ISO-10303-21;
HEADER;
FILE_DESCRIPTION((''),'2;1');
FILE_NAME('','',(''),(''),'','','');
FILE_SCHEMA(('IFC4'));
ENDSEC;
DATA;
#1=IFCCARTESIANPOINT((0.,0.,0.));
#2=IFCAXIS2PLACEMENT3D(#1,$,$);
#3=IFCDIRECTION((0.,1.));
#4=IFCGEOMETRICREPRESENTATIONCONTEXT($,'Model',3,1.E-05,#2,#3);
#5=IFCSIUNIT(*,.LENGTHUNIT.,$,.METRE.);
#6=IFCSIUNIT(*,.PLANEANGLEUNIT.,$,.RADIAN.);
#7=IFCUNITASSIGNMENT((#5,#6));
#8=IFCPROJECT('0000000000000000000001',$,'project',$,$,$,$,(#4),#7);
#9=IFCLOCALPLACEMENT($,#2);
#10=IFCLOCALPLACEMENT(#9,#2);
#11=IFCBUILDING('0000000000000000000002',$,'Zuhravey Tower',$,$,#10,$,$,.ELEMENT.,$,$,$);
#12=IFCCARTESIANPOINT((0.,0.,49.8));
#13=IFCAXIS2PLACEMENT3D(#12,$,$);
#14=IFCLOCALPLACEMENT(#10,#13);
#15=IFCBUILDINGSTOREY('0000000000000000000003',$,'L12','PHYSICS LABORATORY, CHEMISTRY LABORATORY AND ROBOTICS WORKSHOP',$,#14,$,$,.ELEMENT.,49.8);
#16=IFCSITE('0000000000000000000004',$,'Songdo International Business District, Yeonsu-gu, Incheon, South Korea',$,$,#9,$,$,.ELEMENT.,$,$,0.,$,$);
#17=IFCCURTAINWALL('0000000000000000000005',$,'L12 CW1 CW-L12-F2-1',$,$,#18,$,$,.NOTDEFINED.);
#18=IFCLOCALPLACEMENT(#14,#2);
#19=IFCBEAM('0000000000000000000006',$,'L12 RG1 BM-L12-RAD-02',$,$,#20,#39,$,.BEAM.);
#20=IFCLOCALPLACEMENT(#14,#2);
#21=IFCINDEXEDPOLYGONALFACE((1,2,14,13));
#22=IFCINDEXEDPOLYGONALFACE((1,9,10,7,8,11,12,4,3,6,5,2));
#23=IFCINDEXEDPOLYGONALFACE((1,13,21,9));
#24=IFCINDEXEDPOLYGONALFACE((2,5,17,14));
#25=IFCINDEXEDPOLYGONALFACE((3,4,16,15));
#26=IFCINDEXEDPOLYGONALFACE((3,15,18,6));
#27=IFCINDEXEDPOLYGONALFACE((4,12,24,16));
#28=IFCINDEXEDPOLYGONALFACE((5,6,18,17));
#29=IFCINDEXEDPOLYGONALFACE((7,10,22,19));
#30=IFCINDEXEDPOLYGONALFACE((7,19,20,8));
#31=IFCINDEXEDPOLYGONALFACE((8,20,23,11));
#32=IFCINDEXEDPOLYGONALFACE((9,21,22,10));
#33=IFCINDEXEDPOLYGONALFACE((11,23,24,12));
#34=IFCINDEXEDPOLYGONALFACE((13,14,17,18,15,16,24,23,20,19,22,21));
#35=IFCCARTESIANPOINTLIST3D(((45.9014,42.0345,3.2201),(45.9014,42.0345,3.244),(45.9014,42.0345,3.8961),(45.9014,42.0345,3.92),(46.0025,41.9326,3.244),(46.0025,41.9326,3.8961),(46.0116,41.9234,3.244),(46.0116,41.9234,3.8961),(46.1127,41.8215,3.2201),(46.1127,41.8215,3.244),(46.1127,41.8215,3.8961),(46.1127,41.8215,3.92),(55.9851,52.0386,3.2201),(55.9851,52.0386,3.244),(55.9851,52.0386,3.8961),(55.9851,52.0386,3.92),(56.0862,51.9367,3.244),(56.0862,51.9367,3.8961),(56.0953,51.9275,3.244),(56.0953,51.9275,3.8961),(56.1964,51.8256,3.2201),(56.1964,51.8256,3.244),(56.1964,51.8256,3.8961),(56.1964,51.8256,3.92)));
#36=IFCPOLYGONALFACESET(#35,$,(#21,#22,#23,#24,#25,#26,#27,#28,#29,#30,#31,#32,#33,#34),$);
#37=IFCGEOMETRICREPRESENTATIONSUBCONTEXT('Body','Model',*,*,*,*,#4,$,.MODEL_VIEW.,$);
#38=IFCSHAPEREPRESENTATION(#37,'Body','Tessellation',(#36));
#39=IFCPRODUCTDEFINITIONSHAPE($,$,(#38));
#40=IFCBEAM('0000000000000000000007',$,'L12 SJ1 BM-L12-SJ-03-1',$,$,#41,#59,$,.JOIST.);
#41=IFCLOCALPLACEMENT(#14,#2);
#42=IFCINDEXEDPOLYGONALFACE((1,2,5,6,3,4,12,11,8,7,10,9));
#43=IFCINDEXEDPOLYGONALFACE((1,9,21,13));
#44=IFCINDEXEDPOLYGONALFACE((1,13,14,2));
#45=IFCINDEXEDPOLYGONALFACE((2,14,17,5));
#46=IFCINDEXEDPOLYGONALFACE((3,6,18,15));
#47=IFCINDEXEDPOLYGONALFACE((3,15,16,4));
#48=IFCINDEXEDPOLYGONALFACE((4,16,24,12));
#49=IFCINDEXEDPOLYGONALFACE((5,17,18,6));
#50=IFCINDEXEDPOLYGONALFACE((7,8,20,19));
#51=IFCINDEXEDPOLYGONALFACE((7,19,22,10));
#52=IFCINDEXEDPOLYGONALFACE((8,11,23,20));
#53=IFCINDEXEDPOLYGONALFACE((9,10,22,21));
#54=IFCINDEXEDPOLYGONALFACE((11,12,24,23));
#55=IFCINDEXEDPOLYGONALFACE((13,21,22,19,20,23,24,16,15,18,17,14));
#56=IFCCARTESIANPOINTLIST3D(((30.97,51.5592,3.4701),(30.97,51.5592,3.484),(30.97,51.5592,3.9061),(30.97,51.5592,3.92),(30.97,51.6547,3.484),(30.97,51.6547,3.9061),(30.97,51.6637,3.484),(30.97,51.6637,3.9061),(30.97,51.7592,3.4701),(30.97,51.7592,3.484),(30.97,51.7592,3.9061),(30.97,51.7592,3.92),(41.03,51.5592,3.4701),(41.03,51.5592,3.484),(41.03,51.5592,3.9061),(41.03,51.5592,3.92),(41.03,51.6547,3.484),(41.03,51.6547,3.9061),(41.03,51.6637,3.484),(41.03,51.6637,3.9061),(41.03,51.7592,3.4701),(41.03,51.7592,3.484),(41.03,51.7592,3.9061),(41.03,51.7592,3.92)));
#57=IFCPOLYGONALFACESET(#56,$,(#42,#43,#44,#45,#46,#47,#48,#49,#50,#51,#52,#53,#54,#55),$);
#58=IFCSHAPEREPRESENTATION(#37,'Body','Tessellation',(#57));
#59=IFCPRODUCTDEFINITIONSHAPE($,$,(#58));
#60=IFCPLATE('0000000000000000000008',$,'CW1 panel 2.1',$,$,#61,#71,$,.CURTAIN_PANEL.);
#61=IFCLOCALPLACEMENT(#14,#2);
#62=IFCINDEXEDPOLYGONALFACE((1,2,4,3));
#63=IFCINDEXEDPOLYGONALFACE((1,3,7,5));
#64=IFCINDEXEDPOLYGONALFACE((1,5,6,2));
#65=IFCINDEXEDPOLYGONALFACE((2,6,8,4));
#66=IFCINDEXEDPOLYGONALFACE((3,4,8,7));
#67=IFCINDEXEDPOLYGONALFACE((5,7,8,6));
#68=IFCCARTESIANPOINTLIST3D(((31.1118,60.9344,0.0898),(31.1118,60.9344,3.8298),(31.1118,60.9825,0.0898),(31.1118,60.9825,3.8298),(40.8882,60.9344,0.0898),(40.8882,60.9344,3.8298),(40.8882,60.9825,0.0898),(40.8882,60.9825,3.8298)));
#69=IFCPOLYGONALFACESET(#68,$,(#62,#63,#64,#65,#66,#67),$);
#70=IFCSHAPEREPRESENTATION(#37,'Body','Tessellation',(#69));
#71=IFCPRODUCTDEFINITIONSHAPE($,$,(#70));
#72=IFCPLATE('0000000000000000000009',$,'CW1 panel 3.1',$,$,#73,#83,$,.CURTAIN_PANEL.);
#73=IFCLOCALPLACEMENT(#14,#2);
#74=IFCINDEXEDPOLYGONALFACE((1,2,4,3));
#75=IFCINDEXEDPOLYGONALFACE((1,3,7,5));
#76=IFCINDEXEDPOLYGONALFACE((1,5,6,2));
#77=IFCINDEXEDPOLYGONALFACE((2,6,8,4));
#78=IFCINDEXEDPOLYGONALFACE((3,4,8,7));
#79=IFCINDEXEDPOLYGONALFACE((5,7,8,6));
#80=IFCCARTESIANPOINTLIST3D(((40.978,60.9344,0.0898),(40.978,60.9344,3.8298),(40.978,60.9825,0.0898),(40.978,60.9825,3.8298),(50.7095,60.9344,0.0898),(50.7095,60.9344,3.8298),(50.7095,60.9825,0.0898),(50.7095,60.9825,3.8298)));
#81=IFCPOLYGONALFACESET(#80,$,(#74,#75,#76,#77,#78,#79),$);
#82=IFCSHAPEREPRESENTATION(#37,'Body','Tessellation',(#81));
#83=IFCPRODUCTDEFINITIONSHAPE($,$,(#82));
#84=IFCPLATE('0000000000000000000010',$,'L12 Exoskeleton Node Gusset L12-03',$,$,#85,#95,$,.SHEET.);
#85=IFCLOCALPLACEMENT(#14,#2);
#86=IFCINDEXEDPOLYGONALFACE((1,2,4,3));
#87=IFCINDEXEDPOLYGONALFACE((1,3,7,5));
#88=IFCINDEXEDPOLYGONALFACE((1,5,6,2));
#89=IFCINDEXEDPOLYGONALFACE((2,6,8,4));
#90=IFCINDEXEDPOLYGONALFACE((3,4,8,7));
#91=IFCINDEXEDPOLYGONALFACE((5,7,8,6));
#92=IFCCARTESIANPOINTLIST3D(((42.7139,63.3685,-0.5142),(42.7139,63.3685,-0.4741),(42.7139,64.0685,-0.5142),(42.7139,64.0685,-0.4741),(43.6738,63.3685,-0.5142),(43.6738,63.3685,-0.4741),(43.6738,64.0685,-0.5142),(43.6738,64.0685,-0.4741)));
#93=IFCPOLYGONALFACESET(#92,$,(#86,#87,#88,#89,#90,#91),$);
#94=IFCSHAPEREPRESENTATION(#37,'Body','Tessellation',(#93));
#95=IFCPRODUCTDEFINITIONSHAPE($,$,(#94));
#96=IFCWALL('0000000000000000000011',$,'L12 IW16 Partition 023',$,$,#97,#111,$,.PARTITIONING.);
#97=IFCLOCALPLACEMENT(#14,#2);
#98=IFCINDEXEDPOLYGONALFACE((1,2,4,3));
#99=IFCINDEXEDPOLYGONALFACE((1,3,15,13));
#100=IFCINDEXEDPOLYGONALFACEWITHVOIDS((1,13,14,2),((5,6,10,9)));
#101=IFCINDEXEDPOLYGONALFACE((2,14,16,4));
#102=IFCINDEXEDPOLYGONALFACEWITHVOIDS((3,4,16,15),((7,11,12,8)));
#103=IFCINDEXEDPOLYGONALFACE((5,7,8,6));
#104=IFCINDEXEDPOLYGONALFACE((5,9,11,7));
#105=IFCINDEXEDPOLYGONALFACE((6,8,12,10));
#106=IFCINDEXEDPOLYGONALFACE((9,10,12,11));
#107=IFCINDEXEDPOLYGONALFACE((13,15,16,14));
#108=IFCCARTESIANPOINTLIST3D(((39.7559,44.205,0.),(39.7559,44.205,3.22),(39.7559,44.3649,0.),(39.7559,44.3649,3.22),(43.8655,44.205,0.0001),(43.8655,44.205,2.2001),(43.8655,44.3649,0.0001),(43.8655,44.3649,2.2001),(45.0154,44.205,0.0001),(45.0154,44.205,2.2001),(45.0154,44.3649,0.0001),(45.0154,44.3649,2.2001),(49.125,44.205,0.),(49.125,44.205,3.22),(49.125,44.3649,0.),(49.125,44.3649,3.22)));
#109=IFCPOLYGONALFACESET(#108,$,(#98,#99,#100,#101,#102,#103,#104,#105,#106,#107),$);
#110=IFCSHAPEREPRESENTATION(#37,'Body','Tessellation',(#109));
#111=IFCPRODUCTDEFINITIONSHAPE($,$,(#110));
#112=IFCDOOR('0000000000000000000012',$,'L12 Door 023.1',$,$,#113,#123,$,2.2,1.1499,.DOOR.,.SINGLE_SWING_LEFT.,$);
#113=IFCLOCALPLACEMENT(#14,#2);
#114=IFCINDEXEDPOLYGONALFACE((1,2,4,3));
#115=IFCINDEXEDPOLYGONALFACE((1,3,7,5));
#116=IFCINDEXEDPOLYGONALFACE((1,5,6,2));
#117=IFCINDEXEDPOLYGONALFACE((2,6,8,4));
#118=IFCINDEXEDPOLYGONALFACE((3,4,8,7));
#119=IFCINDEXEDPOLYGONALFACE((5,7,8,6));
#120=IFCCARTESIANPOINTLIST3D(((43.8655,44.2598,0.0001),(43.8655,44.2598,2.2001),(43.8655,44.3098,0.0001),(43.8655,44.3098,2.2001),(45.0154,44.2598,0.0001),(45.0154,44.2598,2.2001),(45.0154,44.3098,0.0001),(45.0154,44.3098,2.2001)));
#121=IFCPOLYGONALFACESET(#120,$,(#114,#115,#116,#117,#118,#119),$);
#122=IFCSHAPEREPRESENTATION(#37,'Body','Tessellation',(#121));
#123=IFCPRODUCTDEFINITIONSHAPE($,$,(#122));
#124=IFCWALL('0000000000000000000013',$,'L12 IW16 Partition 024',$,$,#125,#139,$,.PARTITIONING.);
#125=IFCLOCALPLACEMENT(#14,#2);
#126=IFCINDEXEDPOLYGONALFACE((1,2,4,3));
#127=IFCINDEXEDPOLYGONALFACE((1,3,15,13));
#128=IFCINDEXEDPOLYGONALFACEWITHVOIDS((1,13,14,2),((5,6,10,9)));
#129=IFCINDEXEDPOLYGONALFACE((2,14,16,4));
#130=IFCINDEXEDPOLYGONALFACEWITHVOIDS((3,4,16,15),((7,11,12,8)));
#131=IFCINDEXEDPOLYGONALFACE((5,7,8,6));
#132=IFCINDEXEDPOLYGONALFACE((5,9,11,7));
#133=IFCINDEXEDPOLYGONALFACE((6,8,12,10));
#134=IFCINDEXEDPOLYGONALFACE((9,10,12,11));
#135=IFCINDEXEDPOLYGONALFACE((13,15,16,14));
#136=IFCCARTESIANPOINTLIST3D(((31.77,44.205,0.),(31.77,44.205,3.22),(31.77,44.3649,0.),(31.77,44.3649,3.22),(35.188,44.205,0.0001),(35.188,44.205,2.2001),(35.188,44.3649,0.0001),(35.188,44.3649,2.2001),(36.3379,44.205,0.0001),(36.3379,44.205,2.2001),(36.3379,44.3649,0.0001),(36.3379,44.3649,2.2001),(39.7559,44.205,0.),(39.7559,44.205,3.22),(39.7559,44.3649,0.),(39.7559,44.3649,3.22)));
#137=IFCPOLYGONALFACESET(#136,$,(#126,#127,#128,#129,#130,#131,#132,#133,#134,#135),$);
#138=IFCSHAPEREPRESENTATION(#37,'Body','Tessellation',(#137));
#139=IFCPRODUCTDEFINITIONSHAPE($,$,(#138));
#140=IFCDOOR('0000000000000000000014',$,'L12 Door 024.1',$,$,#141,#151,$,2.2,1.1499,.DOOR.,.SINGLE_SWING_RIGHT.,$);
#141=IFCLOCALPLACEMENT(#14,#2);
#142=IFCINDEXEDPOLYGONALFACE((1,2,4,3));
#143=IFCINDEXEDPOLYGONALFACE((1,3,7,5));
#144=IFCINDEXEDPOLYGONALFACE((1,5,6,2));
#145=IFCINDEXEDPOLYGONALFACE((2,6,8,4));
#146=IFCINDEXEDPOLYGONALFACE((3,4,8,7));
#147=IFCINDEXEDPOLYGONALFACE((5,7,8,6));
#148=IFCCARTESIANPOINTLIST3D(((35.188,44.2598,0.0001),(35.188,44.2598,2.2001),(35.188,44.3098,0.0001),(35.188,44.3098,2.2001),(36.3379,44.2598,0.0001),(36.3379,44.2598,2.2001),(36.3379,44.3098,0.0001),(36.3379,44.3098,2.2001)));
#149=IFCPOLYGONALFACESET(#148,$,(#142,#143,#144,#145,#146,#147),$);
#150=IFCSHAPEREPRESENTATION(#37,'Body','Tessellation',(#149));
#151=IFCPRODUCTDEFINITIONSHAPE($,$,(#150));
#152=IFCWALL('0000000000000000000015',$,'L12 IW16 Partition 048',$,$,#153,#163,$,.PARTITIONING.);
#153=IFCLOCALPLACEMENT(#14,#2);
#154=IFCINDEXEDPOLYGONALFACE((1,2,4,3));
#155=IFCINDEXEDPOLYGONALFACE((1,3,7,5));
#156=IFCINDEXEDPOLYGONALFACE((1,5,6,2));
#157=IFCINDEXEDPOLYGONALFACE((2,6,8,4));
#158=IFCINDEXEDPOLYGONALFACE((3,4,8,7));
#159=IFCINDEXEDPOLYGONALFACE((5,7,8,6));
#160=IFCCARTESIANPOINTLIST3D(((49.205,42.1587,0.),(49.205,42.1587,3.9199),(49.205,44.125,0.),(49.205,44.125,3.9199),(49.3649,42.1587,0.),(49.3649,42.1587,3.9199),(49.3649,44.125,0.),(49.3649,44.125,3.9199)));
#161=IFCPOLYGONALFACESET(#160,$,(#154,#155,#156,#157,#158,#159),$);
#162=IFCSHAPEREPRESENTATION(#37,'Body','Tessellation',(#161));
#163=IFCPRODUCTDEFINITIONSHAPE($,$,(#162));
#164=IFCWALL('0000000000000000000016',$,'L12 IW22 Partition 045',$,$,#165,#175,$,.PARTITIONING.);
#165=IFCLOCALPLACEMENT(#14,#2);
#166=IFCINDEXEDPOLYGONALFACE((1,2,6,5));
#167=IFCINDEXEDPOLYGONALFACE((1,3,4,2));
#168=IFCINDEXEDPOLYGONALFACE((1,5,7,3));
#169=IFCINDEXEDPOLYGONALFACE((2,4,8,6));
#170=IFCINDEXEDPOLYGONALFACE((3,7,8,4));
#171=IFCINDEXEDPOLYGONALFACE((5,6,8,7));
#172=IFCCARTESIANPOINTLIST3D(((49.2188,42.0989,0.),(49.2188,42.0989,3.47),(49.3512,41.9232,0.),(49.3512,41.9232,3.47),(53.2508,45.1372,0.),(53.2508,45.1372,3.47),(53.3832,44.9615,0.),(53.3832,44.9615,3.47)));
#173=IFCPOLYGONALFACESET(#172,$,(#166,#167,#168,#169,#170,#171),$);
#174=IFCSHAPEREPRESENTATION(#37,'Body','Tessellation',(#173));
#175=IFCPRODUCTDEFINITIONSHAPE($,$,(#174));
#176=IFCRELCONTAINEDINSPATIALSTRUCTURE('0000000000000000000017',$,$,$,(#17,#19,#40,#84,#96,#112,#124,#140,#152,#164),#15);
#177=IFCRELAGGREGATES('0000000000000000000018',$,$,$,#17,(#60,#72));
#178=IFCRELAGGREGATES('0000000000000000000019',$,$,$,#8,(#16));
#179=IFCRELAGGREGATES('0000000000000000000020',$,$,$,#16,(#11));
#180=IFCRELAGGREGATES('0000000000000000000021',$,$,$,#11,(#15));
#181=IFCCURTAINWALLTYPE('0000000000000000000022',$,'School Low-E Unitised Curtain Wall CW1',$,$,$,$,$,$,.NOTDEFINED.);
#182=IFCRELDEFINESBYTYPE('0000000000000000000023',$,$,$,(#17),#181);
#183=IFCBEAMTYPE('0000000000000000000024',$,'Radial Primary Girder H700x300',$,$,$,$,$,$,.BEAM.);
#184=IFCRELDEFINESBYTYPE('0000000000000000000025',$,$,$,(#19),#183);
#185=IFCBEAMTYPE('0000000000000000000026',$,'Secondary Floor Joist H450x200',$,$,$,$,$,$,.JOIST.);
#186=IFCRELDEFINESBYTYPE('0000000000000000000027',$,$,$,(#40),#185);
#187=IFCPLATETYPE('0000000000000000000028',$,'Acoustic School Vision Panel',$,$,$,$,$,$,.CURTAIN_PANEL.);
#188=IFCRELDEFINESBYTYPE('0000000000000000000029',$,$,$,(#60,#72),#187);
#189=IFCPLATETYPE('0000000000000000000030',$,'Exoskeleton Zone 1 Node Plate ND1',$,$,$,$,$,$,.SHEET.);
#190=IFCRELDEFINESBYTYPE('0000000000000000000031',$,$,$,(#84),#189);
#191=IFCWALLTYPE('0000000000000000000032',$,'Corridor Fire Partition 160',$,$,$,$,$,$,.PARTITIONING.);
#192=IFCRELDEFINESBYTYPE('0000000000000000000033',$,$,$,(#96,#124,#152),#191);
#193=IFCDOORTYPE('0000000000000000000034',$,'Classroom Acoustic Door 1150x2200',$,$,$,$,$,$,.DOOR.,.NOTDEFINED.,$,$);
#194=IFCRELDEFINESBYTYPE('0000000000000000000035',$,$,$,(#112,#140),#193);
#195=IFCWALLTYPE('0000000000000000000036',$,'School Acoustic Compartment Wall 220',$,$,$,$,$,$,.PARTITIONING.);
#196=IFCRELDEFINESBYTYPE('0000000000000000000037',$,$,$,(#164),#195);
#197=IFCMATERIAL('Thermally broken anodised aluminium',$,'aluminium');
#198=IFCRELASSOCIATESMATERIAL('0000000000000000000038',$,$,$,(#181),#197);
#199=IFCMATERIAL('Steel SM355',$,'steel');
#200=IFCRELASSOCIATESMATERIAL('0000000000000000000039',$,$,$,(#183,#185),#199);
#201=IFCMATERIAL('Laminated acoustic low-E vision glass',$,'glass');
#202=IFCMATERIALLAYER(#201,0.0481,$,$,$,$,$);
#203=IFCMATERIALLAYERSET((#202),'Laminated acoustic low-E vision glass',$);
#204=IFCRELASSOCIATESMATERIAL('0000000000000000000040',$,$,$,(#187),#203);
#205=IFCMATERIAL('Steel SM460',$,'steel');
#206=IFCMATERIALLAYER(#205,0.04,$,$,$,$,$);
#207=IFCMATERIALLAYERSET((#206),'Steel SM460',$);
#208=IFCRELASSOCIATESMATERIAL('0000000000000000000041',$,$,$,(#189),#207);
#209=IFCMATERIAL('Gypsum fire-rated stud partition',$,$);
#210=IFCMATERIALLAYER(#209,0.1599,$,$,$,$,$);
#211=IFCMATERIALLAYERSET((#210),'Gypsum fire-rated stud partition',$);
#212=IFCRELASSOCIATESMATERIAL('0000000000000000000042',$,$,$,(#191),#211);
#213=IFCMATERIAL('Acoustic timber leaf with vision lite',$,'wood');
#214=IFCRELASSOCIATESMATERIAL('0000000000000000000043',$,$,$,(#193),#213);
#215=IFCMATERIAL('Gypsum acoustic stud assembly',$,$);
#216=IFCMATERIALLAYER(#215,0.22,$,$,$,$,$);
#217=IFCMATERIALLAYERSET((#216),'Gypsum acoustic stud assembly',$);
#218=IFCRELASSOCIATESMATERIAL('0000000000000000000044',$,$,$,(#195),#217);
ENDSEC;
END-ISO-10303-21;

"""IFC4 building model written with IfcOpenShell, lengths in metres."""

from ifc_helpers import new_model, si_unit, direction, frame, frame_2d, origin, origin_2d, place, context, subcontext, project, spatial, rectangle, i_section, extrude, material, layer, layer_set, material_profile, profile_set, type_object, element, fill, aggregate, save


model = new_model("IFC4")

# Units and contexts
model_context = context("Model", 3, precision=1e-05, world=origin(), true_north=direction((0.0, 1.0)))
body_context = subcontext(model_context, "Body", "Model", "MODEL_VIEW")
ifc_project = project(units=[si_unit("LENGTHUNIT", "METRE"), si_unit("PLANEANGLEUNIT", "RADIAN")], contexts=[model_context])

# Site, building, storey
site_placement = place(None, origin())
site = spatial("IfcSite", under=ifc_project, at=site_placement, Name="Songdo International Business District, Yeonsu-gu, Incheon, South Korea", CompositionType="ELEMENT", RefElevation=0.0)
building_placement = place(site_placement, origin())
building = spatial("IfcBuilding", under=site, at=building_placement, Name="Zuhravey Tower", CompositionType="ELEMENT")
storey_placement = place(building_placement, frame((0.0, 0.0, 49.8)))
storey = spatial("IfcBuildingStorey", under=building, at=storey_placement, Name="L12", Description="PHYSICS LABORATORY, CHEMISTRY LABORATORY AND ROBOTICS WORKSHOP", CompositionType="ELEMENT", Elevation=49.8)

# Curtain wall
ifc_material_1 = material(Name="Thermally broken anodised aluminium", Category="aluminium")
curtain_wall_type = type_object("IfcCurtainWallType", Name="School Low-E Unitised Curtain Wall CW1", PredefinedType="NOTDEFINED", material=ifc_material_1)
curtain_wall_placement = place(storey_placement, origin())
curtain_wall = element("IfcCurtainWall", 1, at=curtain_wall_placement, inside=storey, type_object=curtain_wall_type, Name="L12 CW1 CW-L12-F2-1", PredefinedType="NOTDEFINED")

# Shared definitions
ifc_material_2 = material(Name="Steel SM355", Category="steel")
ifc_material_3 = material(Name="Steel SM460", Category="steel")

# Beams
ifc_material_profile_1 = material_profile(ifc_material_2, i_section(OverallWidth=0.3, OverallDepth=0.7, WebThickness=0.0129, FlangeThickness=0.0239, at=origin_2d()), Name="H-700x300x13x24")
ifc_profile_set_1 = profile_set([ifc_material_profile_1], Name="Steel SM355")
beam_type_1 = type_object("IfcBeamType", Name="Radial Primary Girder H700x300", PredefinedType="BEAM", material=ifc_profile_set_1)
beam_1_placement = place(storey_placement, frame((46.0071, 41.928, 3.5701), z_axis=(0.709903, 0.7043, 0.0), x_axis=(-0.7043, 0.709903, 0.0)))
element("IfcBeam", 2, at=beam_1_placement, inside=storey, type_object=beam_type_1, Name="L12 RG1 BM-L12-RAD-02", PredefinedType="BEAM", context=body_context, shape_type="SweptSolid", body=[
    extrude(i_section(OverallWidth=0.3, OverallDepth=0.7, WebThickness=0.0129, FlangeThickness=0.0239, at=origin_2d()), origin(), (0.0, 0.0, 1.0), 14.2043),
])
ifc_material_profile_2 = material_profile(ifc_material_2, i_section(OverallWidth=0.2, OverallDepth=0.45, WebThickness=0.009, FlangeThickness=0.0139, at=origin_2d()), Name="H-450x200x9x14")
ifc_profile_set_2 = profile_set([ifc_material_profile_2], Name="Steel SM355")
beam_type_2 = type_object("IfcBeamType", Name="Secondary Floor Joist H450x200", PredefinedType="JOIST", material=ifc_profile_set_2)
beam_2_placement = place(storey_placement, frame((41.03, 51.6592, 3.6951), z_axis=(-1.0, 0.0, 0.0), x_axis=(0.0, -1.0, 0.0)))
element("IfcBeam", 3, at=beam_2_placement, inside=storey, type_object=beam_type_2, Name="L12 SJ1 BM-L12-SJ-03-1", PredefinedType="JOIST", context=body_context, shape_type="SweptSolid", body=[
    extrude(i_section(OverallWidth=0.2, OverallDepth=0.45, WebThickness=0.009, FlangeThickness=0.0139, at=origin_2d()), origin(), (0.0, 0.0, 1.0), 10.0601),
])

# Plates
ifc_material_4 = material(Name="Laminated acoustic low-E vision glass", Category="glass")
ifc_layer_1 = layer(ifc_material_4, 0.0481)
ifc_layer_set_1 = layer_set([ifc_layer_1], Name="Laminated acoustic low-E vision glass")
plate_type_1 = type_object("IfcPlateType", Name="Acoustic School Vision Panel", PredefinedType="CURTAIN_PANEL", material=ifc_layer_set_1)
plate_1_placement = place(storey_placement, frame((36.0, 60.9585, 0.0898), z_axis=(0.0, 0.0, 1.0), x_axis=(1.0, 0.0, 0.0)))
plate_1 = element("IfcPlate", 4, at=plate_1_placement, type_object=plate_type_1, Name="CW1 panel 2.1", PredefinedType="CURTAIN_PANEL", context=body_context, shape_type="SweptSolid", body=[
    extrude(rectangle(XDim=9.7764, YDim=0.0481, at=origin_2d()), origin(), (0.0, 0.0, 1.0), 3.74),
])
plate_2_placement = place(storey_placement, frame((45.8438, 60.9585, 0.0898), z_axis=(0.0, 0.0, 1.0), x_axis=(1.0, 0.0, 0.0)))
plate_2 = element("IfcPlate", 5, at=plate_2_placement, type_object=plate_type_1, Name="CW1 panel 3.1", PredefinedType="CURTAIN_PANEL", context=body_context, shape_type="SweptSolid", body=[
    extrude(rectangle(XDim=9.7314, YDim=0.0481, at=origin_2d()), origin(), (0.0, 0.0, 1.0), 3.74),
])
aggregate(curtain_wall, [plate_1, plate_2])
ifc_layer_2 = layer(ifc_material_3, 0.04)
ifc_layer_set_2 = layer_set([ifc_layer_2], Name="Steel SM460")
plate_type_2 = type_object("IfcPlateType", Name="Exoskeleton Zone 1 Node Plate ND1", PredefinedType="SHEET", material=ifc_layer_set_2)
plate_3_placement = place(storey_placement, frame((43.1938, 63.7185, -0.5142), z_axis=(0.0, 0.0, 1.0), x_axis=(-1.0, 0.0, 0.0)))
element("IfcPlate", 6, at=plate_3_placement, inside=storey, type_object=plate_type_2, Name="L12 Exoskeleton Node Gusset L12-03", PredefinedType="SHEET", context=body_context, shape_type="SweptSolid", body=[
    extrude(rectangle(XDim=0.96, YDim=0.7, at=origin_2d()), origin(), (0.0, 0.0, 1.0), 0.04),
])

# Walls, openings, doors
ifc_material_5 = material(Name="Gypsum fire-rated stud partition")
ifc_layer_3 = layer(ifc_material_5, 0.1599)
ifc_layer_set_3 = layer_set([ifc_layer_3], Name="Gypsum fire-rated stud partition")
wall_type_1 = type_object("IfcWallType", Name="Corridor Fire Partition 160", PredefinedType="PARTITIONING", material=ifc_layer_set_3)
wall_1_placement = place(storey_placement, frame((49.125, 44.2849, 0.0), z_axis=(0.0, 0.0, 1.0), x_axis=(-1.0, 0.0, 0.0)))
wall_1 = element("IfcWall", 7, at=wall_1_placement, inside=storey, type_object=wall_type_1, Name="L12 IW16 Partition 023", PredefinedType="PARTITIONING", context=body_context, shape_type="SweptSolid", body=[
    extrude(rectangle(XDim=9.3691, YDim=0.1599, at=frame_2d((4.6846, 0.0))), origin(), (0.0, 0.0, 1.0), 3.22),
])
opening_1_placement = place(wall_1_placement, frame((4.1096, 0.0, 0.0)))
opening_1 = element("IfcOpeningElement", 8, at=opening_1_placement, cuts=wall_1, PredefinedType="OPENING", context=body_context, shape_type="SweptSolid", body=[
    extrude(rectangle(XDim=1.1499, YDim=2.2, at=frame_2d((0.575, 1.1001))), frame((0.0, 0.092, 0.0), z_axis=(0.0, -1.0, 0.0), x_axis=(1.0, 0.0, 0.0)), (0.0, 0.0, 1.0), 0.1838),
])
ifc_material_6 = material(Name="Acoustic timber leaf with vision lite", Category="wood")
door_type = type_object("IfcDoorType", Name="Classroom Acoustic Door 1150x2200", OperationType="NOTDEFINED", PredefinedType="DOOR", material=ifc_material_6)
door_1_placement = place(opening_1_placement, frame((1.1499, 0.0, 0.0), z_axis=(0.0, 0.0, 1.0), x_axis=(-1.0, 0.0, 0.0)))
door_1 = element("IfcDoor", 9, at=door_1_placement, inside=storey, type_object=door_type, Name="L12 Door 023.1", OperationType="SINGLE_SWING_LEFT", OverallHeight=2.2, OverallWidth=1.1499, PredefinedType="DOOR", context=body_context, shape_type="SweptSolid", body=[
    extrude(rectangle(XDim=1.1499, YDim=2.2, at=frame_2d((0.575, 1.1001))), frame((0.0, 0.0249, 0.0), z_axis=(0.0, -1.0, 0.0), x_axis=(1.0, 0.0, 0.0)), (0.0, 0.0, 1.0), 0.05),
])
fill(opening_1, door_1)
wall_2_placement = place(storey_placement, frame((39.7559, 44.2849, 0.0), z_axis=(0.0, 0.0, 1.0), x_axis=(-1.0, 0.0, 0.0)))
wall_2 = element("IfcWall", 10, at=wall_2_placement, inside=storey, type_object=wall_type_1, Name="L12 IW16 Partition 024", PredefinedType="PARTITIONING", context=body_context, shape_type="SweptSolid", body=[
    extrude(rectangle(XDim=7.9858, YDim=0.1599, at=frame_2d((3.9929, 0.0))), origin(), (0.0, 0.0, 1.0), 3.22),
])
opening_2_placement = place(wall_2_placement, frame((3.418, 0.0, 0.0)))
opening_2 = element("IfcOpeningElement", 11, at=opening_2_placement, cuts=wall_2, PredefinedType="OPENING", context=body_context, shape_type="SweptSolid", body=[
    extrude(rectangle(XDim=1.1499, YDim=2.2, at=frame_2d((0.575, 1.1001))), frame((0.0, 0.092, 0.0), z_axis=(0.0, -1.0, 0.0), x_axis=(1.0, 0.0, 0.0)), (0.0, 0.0, 1.0), 0.1838),
])
door_2_placement = place(opening_2_placement, frame((1.1499, 0.0, 0.0), z_axis=(0.0, 0.0, 1.0), x_axis=(-1.0, 0.0, 0.0)))
door_2 = element("IfcDoor", 12, at=door_2_placement, inside=storey, type_object=door_type, Name="L12 Door 024.1", OperationType="SINGLE_SWING_RIGHT", OverallHeight=2.2, OverallWidth=1.1499, PredefinedType="DOOR", context=body_context, shape_type="SweptSolid", body=[
    extrude(rectangle(XDim=1.1499, YDim=2.2, at=frame_2d((0.575, 1.1001))), frame((0.0, 0.0249, 0.0), z_axis=(0.0, -1.0, 0.0), x_axis=(1.0, 0.0, 0.0)), (0.0, 0.0, 1.0), 0.05),
])
fill(opening_2, door_2)

# Walls
wall_3_placement = place(storey_placement, frame((49.2849, 42.1587, 0.0), z_axis=(0.0, 0.0, 1.0), x_axis=(0.0, 1.0, 0.0)))
element("IfcWall", 13, at=wall_3_placement, inside=storey, type_object=wall_type_1, Name="L12 IW16 Partition 048", PredefinedType="PARTITIONING", context=body_context, shape_type="SweptSolid", body=[
    extrude(rectangle(XDim=1.9663, YDim=0.1599, at=frame_2d((0.9832, 0.0))), origin(), (0.0, 0.0, 1.0), 3.9199),
])
ifc_material_7 = material(Name="Gypsum acoustic stud assembly")
ifc_layer_4 = layer(ifc_material_7, 0.22)
ifc_layer_set_4 = layer_set([ifc_layer_4], Name="Gypsum acoustic stud assembly")
wall_type_2 = type_object("IfcWallType", Name="School Acoustic Compartment Wall 220", PredefinedType="PARTITIONING", material=ifc_layer_set_4)
wall_4_placement = place(storey_placement, frame((49.2849, 42.011, 0.0), z_axis=(0.0, 0.0, 1.0), x_axis=(0.798634, 0.601817, 0.0)))
element("IfcWall", 14, at=wall_4_placement, inside=storey, type_object=wall_type_2, Name="L12 IW22 Partition 045", PredefinedType="PARTITIONING", context=body_context, shape_type="SweptSolid", body=[
    extrude(rectangle(XDim=5.0486, YDim=0.22, at=frame_2d((2.5244, 0.0))), origin(), (0.0, 0.0, 1.0), 3.47),
])

save(model, "model.ifc")
